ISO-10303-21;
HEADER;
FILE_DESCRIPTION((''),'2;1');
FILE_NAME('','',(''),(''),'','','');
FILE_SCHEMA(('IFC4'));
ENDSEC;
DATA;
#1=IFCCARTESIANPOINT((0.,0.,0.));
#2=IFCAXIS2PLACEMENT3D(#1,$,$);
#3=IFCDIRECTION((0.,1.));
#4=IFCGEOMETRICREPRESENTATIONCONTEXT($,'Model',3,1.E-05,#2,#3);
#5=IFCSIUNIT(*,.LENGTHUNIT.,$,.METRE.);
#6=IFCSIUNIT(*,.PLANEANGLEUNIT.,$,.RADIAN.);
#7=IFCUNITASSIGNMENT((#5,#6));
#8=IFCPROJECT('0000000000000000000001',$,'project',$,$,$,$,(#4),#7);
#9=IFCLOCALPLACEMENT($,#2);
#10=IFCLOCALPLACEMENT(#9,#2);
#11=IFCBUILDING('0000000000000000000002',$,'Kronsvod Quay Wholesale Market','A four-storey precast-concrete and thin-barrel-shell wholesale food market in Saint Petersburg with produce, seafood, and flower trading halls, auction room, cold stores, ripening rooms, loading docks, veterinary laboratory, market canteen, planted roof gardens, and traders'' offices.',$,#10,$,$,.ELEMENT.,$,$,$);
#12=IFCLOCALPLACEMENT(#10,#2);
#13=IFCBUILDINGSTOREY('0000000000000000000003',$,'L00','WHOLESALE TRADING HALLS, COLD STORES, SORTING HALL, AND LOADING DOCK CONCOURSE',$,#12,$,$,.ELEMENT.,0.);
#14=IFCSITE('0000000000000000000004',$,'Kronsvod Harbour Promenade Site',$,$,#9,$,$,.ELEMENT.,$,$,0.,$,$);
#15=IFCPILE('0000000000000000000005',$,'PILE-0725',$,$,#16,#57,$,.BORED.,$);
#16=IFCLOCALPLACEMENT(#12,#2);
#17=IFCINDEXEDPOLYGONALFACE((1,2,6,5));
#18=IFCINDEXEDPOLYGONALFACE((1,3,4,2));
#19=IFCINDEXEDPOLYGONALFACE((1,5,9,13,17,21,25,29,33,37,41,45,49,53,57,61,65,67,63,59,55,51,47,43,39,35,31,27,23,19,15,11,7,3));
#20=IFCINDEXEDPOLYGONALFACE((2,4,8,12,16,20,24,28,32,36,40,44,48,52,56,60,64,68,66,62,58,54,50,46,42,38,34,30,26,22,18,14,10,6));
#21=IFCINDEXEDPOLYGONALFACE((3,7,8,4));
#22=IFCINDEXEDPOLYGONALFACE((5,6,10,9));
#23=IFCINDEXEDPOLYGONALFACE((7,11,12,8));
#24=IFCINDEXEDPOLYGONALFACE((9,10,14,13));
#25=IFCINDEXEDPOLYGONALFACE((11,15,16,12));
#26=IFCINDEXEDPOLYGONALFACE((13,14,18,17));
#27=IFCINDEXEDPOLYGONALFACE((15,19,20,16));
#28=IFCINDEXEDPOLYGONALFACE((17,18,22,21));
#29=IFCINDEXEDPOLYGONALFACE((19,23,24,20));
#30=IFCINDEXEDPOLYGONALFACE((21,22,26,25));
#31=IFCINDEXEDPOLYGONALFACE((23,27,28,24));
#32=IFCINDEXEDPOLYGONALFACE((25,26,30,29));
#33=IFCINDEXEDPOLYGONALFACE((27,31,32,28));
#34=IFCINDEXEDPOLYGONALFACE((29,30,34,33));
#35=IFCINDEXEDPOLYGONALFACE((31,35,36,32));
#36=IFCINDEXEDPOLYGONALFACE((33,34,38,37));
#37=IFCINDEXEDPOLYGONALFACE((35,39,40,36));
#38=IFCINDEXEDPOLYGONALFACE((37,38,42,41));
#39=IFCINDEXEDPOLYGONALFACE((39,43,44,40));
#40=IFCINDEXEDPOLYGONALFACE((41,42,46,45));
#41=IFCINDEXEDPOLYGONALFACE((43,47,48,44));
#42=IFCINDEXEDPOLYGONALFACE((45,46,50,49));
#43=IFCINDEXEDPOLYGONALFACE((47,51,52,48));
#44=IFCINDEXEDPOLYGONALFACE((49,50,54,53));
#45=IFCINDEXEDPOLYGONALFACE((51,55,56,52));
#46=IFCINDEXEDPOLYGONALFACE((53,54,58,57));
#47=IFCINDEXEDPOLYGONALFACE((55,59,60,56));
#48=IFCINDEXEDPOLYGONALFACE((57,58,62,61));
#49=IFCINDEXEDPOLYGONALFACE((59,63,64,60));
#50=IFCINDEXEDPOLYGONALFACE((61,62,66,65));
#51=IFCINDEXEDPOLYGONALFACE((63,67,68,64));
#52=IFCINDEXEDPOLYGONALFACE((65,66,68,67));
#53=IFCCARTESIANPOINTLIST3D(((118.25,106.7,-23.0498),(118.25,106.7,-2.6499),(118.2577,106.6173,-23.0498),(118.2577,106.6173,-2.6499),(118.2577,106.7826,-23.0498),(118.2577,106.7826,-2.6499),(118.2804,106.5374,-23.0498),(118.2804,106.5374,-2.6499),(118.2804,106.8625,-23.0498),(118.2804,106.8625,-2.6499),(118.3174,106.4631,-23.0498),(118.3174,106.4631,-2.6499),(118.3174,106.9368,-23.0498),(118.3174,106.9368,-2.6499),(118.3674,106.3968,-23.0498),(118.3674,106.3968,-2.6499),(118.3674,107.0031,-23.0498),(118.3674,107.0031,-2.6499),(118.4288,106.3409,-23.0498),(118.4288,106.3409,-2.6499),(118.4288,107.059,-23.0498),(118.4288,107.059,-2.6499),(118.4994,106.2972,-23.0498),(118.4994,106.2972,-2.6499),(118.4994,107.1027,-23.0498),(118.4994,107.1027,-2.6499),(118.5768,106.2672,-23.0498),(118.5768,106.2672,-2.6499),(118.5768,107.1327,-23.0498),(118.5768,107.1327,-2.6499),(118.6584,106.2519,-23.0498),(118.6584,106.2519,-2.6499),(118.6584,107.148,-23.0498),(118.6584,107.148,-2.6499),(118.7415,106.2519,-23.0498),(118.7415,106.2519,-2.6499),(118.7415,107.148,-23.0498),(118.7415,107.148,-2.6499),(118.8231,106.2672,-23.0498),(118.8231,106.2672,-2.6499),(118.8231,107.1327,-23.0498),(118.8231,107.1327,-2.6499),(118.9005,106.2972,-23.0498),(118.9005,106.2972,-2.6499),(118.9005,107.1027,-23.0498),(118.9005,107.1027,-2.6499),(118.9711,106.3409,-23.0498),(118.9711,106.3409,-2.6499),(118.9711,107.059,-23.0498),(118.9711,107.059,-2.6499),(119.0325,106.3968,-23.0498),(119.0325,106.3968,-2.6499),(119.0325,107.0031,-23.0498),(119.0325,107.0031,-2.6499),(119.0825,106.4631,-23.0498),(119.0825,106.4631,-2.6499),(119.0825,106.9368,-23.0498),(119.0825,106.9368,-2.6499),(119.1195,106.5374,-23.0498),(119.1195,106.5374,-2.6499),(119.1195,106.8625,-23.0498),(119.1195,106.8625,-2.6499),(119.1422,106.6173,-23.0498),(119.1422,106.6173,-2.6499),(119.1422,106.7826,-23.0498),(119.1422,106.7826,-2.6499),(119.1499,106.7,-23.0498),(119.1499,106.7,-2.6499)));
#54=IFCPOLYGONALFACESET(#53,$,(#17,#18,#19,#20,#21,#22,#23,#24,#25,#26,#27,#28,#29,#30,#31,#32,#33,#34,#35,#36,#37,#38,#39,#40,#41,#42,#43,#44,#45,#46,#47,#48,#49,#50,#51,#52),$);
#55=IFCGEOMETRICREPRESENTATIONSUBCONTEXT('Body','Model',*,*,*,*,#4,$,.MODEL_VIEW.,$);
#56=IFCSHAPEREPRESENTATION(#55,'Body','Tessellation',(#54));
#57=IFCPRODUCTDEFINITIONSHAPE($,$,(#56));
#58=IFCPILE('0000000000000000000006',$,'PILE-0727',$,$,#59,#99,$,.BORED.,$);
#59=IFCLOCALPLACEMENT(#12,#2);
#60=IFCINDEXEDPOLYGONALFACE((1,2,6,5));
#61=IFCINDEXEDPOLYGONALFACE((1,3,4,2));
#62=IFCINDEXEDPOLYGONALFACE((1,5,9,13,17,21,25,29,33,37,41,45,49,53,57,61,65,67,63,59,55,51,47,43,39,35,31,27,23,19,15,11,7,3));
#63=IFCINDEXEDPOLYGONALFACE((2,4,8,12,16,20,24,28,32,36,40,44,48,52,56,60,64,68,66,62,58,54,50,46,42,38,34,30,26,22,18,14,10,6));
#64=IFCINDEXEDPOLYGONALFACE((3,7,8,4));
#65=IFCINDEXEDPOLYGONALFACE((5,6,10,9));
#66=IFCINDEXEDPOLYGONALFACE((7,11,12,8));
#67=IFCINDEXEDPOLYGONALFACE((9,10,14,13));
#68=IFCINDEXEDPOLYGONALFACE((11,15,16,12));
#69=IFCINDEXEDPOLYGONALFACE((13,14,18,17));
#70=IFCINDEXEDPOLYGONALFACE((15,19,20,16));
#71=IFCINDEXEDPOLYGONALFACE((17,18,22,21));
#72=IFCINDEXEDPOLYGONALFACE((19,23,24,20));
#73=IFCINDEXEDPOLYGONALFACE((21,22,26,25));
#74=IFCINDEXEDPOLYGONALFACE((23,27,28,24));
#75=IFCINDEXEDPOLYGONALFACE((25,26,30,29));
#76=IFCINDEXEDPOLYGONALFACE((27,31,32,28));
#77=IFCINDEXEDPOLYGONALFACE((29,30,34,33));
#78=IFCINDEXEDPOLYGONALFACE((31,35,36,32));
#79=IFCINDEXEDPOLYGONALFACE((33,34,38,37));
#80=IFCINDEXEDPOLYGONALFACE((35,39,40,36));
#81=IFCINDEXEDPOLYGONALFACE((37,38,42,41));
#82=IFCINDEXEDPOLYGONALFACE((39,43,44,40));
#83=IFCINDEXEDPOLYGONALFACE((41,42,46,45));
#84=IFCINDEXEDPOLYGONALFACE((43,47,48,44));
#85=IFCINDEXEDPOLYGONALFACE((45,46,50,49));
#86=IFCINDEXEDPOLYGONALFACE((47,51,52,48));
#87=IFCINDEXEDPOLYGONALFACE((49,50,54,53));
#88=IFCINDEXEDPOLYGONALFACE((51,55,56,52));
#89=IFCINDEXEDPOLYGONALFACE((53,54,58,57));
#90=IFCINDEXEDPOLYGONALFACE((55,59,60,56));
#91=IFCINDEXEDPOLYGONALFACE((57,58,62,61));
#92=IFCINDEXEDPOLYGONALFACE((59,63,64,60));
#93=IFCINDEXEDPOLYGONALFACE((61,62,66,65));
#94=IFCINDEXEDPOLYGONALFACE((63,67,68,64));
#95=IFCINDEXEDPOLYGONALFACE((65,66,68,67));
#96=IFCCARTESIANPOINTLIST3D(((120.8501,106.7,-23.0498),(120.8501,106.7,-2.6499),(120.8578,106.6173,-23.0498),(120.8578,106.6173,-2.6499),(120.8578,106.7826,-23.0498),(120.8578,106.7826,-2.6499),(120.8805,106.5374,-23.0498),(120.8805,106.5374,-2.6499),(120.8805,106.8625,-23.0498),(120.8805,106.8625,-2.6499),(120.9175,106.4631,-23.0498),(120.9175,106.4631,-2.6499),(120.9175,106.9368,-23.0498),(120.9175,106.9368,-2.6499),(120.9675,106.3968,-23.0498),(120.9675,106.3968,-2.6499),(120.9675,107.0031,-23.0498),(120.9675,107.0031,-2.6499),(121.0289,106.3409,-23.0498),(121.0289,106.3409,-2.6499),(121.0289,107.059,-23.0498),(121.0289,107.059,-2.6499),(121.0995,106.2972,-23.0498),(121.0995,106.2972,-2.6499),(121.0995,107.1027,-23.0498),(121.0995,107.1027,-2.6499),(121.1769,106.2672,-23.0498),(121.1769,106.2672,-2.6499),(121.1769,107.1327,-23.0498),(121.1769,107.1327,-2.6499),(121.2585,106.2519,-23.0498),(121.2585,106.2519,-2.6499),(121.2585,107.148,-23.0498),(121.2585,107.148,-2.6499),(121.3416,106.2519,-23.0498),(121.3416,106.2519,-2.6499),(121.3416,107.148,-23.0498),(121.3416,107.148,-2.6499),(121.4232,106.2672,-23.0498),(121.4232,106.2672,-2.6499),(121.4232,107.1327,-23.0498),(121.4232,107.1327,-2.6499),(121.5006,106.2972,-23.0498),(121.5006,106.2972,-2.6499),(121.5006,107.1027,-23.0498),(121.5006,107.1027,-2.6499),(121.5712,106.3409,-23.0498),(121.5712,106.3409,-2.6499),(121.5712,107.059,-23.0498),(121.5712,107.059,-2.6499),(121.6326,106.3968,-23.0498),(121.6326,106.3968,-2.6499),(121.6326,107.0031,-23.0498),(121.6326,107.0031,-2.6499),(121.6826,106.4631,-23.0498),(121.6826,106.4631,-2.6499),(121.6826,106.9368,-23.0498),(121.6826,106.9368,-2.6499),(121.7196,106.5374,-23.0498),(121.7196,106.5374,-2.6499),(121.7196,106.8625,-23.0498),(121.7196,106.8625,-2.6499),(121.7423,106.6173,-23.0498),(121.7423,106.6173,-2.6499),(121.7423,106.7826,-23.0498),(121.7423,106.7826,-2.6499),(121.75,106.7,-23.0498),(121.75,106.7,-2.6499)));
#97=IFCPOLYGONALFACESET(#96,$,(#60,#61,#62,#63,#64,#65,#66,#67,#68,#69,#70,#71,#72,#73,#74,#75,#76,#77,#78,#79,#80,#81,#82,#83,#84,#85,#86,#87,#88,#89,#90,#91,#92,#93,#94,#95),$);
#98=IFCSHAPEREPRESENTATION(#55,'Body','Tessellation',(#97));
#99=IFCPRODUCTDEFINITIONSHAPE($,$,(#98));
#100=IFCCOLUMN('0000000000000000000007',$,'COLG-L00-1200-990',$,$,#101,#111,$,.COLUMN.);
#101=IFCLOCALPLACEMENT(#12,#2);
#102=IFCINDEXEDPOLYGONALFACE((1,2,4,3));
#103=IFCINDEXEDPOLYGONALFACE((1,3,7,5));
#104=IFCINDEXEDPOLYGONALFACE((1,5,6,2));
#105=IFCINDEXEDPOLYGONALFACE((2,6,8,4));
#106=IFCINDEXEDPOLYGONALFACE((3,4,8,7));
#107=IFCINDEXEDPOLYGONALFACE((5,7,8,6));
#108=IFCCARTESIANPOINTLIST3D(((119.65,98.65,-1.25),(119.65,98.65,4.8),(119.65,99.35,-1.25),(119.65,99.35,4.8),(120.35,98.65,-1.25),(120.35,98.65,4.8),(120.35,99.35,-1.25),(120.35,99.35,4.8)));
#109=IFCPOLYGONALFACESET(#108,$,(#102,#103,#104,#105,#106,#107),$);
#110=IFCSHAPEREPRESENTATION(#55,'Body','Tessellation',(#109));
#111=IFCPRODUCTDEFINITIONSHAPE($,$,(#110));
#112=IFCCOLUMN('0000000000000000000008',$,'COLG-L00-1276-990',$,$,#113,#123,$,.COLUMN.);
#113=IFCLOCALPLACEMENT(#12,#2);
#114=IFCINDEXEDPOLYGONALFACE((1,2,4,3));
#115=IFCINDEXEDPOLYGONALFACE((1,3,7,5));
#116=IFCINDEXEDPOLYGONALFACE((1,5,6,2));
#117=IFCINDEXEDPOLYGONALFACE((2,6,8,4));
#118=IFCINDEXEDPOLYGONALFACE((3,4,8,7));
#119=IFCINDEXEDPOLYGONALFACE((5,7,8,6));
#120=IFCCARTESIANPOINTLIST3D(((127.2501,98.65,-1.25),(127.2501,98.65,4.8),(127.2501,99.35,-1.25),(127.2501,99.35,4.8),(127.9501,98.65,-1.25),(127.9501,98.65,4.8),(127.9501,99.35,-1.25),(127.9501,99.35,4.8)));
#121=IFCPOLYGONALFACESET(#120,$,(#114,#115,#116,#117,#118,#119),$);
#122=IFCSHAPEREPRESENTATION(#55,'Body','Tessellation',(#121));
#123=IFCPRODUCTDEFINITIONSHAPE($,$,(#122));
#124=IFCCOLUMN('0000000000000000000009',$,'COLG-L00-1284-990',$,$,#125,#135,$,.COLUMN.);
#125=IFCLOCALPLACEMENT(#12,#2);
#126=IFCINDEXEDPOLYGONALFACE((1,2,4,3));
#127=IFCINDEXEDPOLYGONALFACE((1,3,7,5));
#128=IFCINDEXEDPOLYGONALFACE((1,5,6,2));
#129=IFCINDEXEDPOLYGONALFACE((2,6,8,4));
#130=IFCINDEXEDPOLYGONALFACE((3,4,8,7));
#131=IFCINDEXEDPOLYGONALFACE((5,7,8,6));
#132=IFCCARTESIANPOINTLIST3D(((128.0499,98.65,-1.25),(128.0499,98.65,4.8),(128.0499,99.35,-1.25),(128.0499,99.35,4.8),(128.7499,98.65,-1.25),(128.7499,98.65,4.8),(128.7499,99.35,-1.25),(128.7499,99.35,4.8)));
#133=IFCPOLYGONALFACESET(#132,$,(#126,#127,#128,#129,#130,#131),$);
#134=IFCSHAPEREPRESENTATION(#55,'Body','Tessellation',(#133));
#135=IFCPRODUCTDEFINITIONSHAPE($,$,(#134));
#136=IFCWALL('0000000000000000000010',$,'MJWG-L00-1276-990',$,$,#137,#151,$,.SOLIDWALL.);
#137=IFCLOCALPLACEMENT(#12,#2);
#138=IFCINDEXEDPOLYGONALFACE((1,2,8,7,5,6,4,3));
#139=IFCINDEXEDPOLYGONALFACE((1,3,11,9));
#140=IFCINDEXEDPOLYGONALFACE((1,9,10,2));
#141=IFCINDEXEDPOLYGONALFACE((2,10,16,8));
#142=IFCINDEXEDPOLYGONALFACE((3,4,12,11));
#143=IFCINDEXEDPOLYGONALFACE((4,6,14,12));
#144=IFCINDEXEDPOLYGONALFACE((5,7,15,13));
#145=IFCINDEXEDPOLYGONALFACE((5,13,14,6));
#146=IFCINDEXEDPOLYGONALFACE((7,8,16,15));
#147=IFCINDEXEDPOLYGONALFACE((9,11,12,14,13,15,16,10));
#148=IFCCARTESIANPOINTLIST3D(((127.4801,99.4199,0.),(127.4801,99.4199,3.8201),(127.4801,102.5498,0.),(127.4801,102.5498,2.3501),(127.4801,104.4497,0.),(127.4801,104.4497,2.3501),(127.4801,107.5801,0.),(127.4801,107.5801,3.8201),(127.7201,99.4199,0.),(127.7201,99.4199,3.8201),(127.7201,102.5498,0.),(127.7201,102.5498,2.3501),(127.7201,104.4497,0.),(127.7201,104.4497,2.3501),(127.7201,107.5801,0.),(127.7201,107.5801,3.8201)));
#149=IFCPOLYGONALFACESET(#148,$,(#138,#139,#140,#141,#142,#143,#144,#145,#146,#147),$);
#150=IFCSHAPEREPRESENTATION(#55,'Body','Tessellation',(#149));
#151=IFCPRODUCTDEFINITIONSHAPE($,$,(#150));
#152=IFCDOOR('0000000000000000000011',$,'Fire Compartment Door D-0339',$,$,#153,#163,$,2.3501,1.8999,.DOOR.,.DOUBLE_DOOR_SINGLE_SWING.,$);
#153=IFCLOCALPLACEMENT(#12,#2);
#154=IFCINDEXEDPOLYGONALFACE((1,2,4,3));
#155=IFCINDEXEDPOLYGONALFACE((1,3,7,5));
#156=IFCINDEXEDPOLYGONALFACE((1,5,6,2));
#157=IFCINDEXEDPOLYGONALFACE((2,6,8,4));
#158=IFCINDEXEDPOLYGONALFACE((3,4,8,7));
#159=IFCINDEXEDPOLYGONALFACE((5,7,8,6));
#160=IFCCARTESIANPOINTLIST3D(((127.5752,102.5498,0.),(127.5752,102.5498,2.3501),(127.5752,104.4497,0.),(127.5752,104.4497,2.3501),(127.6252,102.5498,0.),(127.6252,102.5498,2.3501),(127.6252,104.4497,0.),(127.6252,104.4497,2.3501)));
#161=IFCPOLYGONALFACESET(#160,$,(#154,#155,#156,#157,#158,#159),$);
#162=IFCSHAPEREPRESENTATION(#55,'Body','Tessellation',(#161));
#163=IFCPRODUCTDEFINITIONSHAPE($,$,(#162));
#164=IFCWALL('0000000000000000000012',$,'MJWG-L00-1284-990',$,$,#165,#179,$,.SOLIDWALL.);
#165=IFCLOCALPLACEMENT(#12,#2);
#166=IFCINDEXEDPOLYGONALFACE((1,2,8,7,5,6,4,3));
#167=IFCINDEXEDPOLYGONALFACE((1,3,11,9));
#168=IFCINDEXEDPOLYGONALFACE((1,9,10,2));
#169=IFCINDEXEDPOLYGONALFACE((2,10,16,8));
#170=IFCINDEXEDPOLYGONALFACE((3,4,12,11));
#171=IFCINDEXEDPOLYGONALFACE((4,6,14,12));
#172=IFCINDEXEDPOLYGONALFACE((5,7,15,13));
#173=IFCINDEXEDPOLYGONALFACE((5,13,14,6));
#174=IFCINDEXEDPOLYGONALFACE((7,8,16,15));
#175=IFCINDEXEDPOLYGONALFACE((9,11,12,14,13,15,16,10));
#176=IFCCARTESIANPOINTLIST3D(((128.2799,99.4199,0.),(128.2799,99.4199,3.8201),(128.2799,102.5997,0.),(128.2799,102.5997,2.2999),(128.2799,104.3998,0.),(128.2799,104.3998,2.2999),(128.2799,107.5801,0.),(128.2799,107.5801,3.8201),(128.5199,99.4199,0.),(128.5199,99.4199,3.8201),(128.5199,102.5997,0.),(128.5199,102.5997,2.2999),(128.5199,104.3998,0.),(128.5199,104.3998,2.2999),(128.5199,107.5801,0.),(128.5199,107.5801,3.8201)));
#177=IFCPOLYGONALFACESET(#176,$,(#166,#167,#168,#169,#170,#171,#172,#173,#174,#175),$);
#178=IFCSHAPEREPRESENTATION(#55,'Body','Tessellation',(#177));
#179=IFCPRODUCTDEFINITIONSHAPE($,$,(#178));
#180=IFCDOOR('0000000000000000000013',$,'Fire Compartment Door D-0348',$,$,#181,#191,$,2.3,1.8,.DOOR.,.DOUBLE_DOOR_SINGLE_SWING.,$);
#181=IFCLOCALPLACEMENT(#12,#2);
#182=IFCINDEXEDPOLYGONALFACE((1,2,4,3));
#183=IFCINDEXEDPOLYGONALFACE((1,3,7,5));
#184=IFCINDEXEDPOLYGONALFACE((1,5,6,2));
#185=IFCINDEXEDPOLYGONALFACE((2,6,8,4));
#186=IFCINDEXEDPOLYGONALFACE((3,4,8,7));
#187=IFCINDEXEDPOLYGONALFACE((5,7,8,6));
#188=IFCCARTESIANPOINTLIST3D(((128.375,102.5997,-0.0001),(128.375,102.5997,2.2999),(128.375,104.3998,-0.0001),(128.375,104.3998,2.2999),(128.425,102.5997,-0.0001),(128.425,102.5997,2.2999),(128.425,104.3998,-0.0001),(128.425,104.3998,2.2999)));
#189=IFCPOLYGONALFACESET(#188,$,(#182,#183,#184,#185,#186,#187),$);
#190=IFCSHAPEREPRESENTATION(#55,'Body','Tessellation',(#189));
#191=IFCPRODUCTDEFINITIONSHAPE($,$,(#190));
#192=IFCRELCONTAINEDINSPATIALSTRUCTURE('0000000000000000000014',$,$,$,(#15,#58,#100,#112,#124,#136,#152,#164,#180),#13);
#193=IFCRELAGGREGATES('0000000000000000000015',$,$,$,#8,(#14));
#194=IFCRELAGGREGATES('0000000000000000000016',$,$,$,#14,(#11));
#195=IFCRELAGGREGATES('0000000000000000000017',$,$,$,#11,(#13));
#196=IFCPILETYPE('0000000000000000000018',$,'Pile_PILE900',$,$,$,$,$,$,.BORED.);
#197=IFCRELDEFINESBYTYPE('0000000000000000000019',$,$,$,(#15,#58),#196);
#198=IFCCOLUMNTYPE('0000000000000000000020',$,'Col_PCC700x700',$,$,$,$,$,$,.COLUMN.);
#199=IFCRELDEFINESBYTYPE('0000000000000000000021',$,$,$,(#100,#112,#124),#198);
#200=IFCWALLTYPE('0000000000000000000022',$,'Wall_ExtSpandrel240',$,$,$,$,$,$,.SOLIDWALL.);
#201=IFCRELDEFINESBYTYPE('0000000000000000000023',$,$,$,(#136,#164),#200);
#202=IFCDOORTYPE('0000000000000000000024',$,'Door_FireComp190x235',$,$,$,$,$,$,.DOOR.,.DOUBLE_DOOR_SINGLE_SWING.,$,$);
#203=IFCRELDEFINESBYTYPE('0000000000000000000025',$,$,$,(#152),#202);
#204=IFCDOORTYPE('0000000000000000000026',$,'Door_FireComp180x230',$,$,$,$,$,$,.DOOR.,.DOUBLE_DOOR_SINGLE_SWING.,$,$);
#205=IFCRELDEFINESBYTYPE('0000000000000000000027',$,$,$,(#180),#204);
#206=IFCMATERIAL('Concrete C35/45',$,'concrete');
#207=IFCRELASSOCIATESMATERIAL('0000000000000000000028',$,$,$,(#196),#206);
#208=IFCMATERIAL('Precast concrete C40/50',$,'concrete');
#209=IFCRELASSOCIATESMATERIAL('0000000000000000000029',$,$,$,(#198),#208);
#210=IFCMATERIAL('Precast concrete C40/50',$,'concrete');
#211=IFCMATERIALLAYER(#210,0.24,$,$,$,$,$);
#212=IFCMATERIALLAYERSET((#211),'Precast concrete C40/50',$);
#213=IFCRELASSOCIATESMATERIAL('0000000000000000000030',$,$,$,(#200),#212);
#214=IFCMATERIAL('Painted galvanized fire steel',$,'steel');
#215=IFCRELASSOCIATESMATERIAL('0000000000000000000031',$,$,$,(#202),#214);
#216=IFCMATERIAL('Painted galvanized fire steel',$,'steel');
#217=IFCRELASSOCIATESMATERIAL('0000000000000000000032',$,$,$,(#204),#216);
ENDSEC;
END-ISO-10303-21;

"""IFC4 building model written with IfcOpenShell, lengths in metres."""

from ifc_helpers import new_model, si_unit, direction, frame, frame_2d, origin, origin_2d, place, context, subcontext, project, spatial, rectangle, circle, extrude, material, layer, layer_set, material_profile, profile_set, type_object, element, fill, save


model = new_model("IFC4")

# Units and contexts
model_context = context("Model", 3, precision=1e-05, world=origin(), true_north=direction((0.0, 1.0)))
body_context = subcontext(model_context, "Body", "Model", "MODEL_VIEW")
ifc_project = project(units=[si_unit("LENGTHUNIT", "METRE"), si_unit("PLANEANGLEUNIT", "RADIAN")], contexts=[model_context])

# Site, building, storey
site_placement = place(None, origin())
site = spatial("IfcSite", under=ifc_project, at=site_placement, Name="Kronsvod Harbour Promenade Site", CompositionType="ELEMENT", RefElevation=0.0)
building_placement = place(site_placement, origin())
building = spatial("IfcBuilding", under=site, at=building_placement, Name="Kronsvod Quay Wholesale Market", Description="A four-storey precast-concrete and thin-barrel-shell wholesale food market in Saint Petersburg with produce, seafood, and flower trading halls, auction room, cold stores, ripening rooms, loading docks, veterinary laboratory, market canteen, planted roof gardens, and traders' offices.", CompositionType="ELEMENT")
storey_placement = place(building_placement, origin())
storey = spatial("IfcBuildingStorey", under=building, at=storey_placement, Name="L00", Description="WHOLESALE TRADING HALLS, COLD STORES, SORTING HALL, AND LOADING DOCK CONCOURSE", CompositionType="ELEMENT", Elevation=0.0)

# Piles
ifc_material_1 = material(Name="Concrete C35/45", Category="concrete")
ifc_material_profile_1 = material_profile(ifc_material_1, circle(Radius=0.45, at=origin_2d()), Name="PILE900")
ifc_profile_set_1 = profile_set([ifc_material_profile_1], Name="Concrete C35/45")
pile_type = type_object("IfcPileType", Name="Pile_PILE900", PredefinedType="BORED", material=ifc_profile_set_1)
for number, where, z_axis, x_axis, name in (
    (1, (118.7, 106.7, -2.6499), (0.0, 0.0, -1.0), (1.0, 0.0, 0.0), "PILE-0725"),
    (2, (121.3, 106.7, -2.6499), (0.0, 0.0, -1.0), (1.0, 0.0, 0.0), "PILE-0727"),
):
    element("IfcPile", number, at=place(storey_placement, frame(where, z_axis=z_axis, x_axis=x_axis)), inside=storey, type_object=pile_type, Name=name, PredefinedType="BORED", context=body_context, shape_type="SweptSolid", body=[
        extrude(circle(Radius=0.45, at=origin_2d()), origin(), (0.0, 0.0, 1.0), 20.3999),
    ])

# Columns
ifc_material_2 = material(Name="Precast concrete C40/50", Category="concrete")
ifc_material_profile_2 = material_profile(ifc_material_2, rectangle(XDim=0.7, YDim=0.7, at=origin_2d()), Name="PCC700x700")
ifc_profile_set_2 = profile_set([ifc_material_profile_2], Name="Precast concrete C40/50")
column_type = type_object("IfcColumnType", Name="Col_PCC700x700", PredefinedType="COLUMN", material=ifc_profile_set_2)
for number, where, z_axis, x_axis, name in (
    (3, (120.0, 99.0, -1.25), (0.0, 0.0, 1.0), (1.0, 0.0, 0.0), "COLG-L00-1200-990"),
    (4, (127.6001, 99.0, -1.25), (0.0, 0.0, 1.0), (1.0, 0.0, 0.0), "COLG-L00-1276-990"),
    (5, (128.3999, 99.0, -1.25), (0.0, 0.0, 1.0), (1.0, 0.0, 0.0), "COLG-L00-1284-990"),
):
    element("IfcColumn", number, at=place(storey_placement, frame(where, z_axis=z_axis, x_axis=x_axis)), inside=storey, type_object=column_type, Name=name, PredefinedType="COLUMN", context=body_context, shape_type="SweptSolid", body=[
        extrude(rectangle(XDim=0.7, YDim=0.7, at=origin_2d()), origin(), (0.0, 0.0, 1.0), 6.05),
    ])

# Walls, openings, doors
ifc_material_3 = material(Name="Precast concrete C40/50", Category="concrete")
ifc_layer_1 = layer(ifc_material_3, 0.24)
ifc_layer_set_1 = layer_set([ifc_layer_1], Name="Precast concrete C40/50")
wall_type_1 = type_object("IfcWallType", Name="Wall_ExtSpandrel240", PredefinedType="SOLIDWALL", material=ifc_layer_set_1)
wall_1_placement = place(storey_placement, frame((127.6001, 99.4199, 0.0), z_axis=(0.0, 0.0, 1.0), x_axis=(0.0, 1.0, 0.0)))
wall_1 = element("IfcWall", 6, at=wall_1_placement, inside=storey, type_object=wall_type_1, Name="MJWG-L00-1276-990", PredefinedType="SOLIDWALL", context=body_context, shape_type="SweptSolid", body=[
    extrude(rectangle(XDim=8.1602, YDim=0.24, at=frame_2d((4.0801, 0.0))), origin(), (0.0, 0.0, 1.0), 3.8201),
])
opening_1_placement = place(wall_1_placement, frame((3.1299, 0.0, 0.0)))
opening_1 = element("IfcOpeningElement", 7, at=opening_1_placement, cuts=wall_1, PredefinedType="OPENING", context=body_context, shape_type="SweptSolid", body=[
    extrude(rectangle(XDim=1.8999, YDim=2.3501, at=frame_2d((0.95, 1.175))), frame((0.0, 0.1299, 0.0), z_axis=(0.0, -1.0, 0.0), x_axis=(1.0, 0.0, 0.0)), (0.0, 0.0, 1.0), 0.26),
])
ifc_material_4 = material(Name="Painted galvanized fire steel", Category="steel")
door_type_1 = type_object("IfcDoorType", Name="Door_FireComp190x235", OperationType="DOUBLE_DOOR_SINGLE_SWING", PredefinedType="DOOR", material=ifc_material_4)
door_1_placement = place(opening_1_placement, origin())
door_1 = element("IfcDoor", 8, at=door_1_placement, inside=storey, type_object=door_type_1, Name="Fire Compartment Door D-0339", OperationType="DOUBLE_DOOR_SINGLE_SWING", OverallHeight=2.3501, OverallWidth=1.8999, PredefinedType="DOOR", context=body_context, shape_type="SweptSolid", body=[
    extrude(rectangle(XDim=1.8999, YDim=2.3501, at=frame_2d((0.95, 1.175))), frame((0.0, 0.0249, 0.0), z_axis=(0.0, -1.0, 0.0), x_axis=(1.0, 0.0, 0.0)), (0.0, 0.0, 1.0), 0.05),
])
fill(opening_1, door_1)
wall_2_placement = place(storey_placement, frame((128.3999, 99.4199, 0.0), z_axis=(0.0, 0.0, 1.0), x_axis=(0.0, 1.0, 0.0)))
wall_2 = element("IfcWall", 9, at=wall_2_placement, inside=storey, type_object=wall_type_1, Name="MJWG-L00-1284-990", PredefinedType="SOLIDWALL", context=body_context, shape_type="SweptSolid", body=[
    extrude(rectangle(XDim=8.1602, YDim=0.24, at=frame_2d((4.0801, 0.0))), origin(), (0.0, 0.0, 1.0), 3.8201),
])
opening_2_placement = place(wall_2_placement, frame((3.1799, 0.0, 0.0)))
opening_2 = element("IfcOpeningElement", 10, at=opening_2_placement, cuts=wall_2, PredefinedType="OPENING", context=body_context, shape_type="SweptSolid", body=[
    extrude(rectangle(XDim=1.8, YDim=2.3, at=frame_2d((0.8999, 1.1499))), frame((0.0, 0.1299, 0.0), z_axis=(0.0, -1.0, 0.0), x_axis=(1.0, 0.0, 0.0)), (0.0, 0.0, 1.0), 0.26),
])
ifc_material_5 = material(Name="Painted galvanized fire steel", Category="steel")
door_type_2 = type_object("IfcDoorType", Name="Door_FireComp180x230", OperationType="DOUBLE_DOOR_SINGLE_SWING", PredefinedType="DOOR", material=ifc_material_5)
door_2_placement = place(opening_2_placement, origin())
door_2 = element("IfcDoor", 11, at=door_2_placement, inside=storey, type_object=door_type_2, Name="Fire Compartment Door D-0348", OperationType="DOUBLE_DOOR_SINGLE_SWING", OverallHeight=2.3, OverallWidth=1.8, PredefinedType="DOOR", context=body_context, shape_type="SweptSolid", body=[
    extrude(rectangle(XDim=1.8, YDim=2.3, at=frame_2d((0.8999, 1.1499))), frame((0.0, 0.0249, 0.0), z_axis=(0.0, -1.0, 0.0), x_axis=(1.0, 0.0, 0.0)), (0.0, 0.0, 1.0), 0.05),
])
fill(opening_2, door_2)

save(model, "model.ifc")
